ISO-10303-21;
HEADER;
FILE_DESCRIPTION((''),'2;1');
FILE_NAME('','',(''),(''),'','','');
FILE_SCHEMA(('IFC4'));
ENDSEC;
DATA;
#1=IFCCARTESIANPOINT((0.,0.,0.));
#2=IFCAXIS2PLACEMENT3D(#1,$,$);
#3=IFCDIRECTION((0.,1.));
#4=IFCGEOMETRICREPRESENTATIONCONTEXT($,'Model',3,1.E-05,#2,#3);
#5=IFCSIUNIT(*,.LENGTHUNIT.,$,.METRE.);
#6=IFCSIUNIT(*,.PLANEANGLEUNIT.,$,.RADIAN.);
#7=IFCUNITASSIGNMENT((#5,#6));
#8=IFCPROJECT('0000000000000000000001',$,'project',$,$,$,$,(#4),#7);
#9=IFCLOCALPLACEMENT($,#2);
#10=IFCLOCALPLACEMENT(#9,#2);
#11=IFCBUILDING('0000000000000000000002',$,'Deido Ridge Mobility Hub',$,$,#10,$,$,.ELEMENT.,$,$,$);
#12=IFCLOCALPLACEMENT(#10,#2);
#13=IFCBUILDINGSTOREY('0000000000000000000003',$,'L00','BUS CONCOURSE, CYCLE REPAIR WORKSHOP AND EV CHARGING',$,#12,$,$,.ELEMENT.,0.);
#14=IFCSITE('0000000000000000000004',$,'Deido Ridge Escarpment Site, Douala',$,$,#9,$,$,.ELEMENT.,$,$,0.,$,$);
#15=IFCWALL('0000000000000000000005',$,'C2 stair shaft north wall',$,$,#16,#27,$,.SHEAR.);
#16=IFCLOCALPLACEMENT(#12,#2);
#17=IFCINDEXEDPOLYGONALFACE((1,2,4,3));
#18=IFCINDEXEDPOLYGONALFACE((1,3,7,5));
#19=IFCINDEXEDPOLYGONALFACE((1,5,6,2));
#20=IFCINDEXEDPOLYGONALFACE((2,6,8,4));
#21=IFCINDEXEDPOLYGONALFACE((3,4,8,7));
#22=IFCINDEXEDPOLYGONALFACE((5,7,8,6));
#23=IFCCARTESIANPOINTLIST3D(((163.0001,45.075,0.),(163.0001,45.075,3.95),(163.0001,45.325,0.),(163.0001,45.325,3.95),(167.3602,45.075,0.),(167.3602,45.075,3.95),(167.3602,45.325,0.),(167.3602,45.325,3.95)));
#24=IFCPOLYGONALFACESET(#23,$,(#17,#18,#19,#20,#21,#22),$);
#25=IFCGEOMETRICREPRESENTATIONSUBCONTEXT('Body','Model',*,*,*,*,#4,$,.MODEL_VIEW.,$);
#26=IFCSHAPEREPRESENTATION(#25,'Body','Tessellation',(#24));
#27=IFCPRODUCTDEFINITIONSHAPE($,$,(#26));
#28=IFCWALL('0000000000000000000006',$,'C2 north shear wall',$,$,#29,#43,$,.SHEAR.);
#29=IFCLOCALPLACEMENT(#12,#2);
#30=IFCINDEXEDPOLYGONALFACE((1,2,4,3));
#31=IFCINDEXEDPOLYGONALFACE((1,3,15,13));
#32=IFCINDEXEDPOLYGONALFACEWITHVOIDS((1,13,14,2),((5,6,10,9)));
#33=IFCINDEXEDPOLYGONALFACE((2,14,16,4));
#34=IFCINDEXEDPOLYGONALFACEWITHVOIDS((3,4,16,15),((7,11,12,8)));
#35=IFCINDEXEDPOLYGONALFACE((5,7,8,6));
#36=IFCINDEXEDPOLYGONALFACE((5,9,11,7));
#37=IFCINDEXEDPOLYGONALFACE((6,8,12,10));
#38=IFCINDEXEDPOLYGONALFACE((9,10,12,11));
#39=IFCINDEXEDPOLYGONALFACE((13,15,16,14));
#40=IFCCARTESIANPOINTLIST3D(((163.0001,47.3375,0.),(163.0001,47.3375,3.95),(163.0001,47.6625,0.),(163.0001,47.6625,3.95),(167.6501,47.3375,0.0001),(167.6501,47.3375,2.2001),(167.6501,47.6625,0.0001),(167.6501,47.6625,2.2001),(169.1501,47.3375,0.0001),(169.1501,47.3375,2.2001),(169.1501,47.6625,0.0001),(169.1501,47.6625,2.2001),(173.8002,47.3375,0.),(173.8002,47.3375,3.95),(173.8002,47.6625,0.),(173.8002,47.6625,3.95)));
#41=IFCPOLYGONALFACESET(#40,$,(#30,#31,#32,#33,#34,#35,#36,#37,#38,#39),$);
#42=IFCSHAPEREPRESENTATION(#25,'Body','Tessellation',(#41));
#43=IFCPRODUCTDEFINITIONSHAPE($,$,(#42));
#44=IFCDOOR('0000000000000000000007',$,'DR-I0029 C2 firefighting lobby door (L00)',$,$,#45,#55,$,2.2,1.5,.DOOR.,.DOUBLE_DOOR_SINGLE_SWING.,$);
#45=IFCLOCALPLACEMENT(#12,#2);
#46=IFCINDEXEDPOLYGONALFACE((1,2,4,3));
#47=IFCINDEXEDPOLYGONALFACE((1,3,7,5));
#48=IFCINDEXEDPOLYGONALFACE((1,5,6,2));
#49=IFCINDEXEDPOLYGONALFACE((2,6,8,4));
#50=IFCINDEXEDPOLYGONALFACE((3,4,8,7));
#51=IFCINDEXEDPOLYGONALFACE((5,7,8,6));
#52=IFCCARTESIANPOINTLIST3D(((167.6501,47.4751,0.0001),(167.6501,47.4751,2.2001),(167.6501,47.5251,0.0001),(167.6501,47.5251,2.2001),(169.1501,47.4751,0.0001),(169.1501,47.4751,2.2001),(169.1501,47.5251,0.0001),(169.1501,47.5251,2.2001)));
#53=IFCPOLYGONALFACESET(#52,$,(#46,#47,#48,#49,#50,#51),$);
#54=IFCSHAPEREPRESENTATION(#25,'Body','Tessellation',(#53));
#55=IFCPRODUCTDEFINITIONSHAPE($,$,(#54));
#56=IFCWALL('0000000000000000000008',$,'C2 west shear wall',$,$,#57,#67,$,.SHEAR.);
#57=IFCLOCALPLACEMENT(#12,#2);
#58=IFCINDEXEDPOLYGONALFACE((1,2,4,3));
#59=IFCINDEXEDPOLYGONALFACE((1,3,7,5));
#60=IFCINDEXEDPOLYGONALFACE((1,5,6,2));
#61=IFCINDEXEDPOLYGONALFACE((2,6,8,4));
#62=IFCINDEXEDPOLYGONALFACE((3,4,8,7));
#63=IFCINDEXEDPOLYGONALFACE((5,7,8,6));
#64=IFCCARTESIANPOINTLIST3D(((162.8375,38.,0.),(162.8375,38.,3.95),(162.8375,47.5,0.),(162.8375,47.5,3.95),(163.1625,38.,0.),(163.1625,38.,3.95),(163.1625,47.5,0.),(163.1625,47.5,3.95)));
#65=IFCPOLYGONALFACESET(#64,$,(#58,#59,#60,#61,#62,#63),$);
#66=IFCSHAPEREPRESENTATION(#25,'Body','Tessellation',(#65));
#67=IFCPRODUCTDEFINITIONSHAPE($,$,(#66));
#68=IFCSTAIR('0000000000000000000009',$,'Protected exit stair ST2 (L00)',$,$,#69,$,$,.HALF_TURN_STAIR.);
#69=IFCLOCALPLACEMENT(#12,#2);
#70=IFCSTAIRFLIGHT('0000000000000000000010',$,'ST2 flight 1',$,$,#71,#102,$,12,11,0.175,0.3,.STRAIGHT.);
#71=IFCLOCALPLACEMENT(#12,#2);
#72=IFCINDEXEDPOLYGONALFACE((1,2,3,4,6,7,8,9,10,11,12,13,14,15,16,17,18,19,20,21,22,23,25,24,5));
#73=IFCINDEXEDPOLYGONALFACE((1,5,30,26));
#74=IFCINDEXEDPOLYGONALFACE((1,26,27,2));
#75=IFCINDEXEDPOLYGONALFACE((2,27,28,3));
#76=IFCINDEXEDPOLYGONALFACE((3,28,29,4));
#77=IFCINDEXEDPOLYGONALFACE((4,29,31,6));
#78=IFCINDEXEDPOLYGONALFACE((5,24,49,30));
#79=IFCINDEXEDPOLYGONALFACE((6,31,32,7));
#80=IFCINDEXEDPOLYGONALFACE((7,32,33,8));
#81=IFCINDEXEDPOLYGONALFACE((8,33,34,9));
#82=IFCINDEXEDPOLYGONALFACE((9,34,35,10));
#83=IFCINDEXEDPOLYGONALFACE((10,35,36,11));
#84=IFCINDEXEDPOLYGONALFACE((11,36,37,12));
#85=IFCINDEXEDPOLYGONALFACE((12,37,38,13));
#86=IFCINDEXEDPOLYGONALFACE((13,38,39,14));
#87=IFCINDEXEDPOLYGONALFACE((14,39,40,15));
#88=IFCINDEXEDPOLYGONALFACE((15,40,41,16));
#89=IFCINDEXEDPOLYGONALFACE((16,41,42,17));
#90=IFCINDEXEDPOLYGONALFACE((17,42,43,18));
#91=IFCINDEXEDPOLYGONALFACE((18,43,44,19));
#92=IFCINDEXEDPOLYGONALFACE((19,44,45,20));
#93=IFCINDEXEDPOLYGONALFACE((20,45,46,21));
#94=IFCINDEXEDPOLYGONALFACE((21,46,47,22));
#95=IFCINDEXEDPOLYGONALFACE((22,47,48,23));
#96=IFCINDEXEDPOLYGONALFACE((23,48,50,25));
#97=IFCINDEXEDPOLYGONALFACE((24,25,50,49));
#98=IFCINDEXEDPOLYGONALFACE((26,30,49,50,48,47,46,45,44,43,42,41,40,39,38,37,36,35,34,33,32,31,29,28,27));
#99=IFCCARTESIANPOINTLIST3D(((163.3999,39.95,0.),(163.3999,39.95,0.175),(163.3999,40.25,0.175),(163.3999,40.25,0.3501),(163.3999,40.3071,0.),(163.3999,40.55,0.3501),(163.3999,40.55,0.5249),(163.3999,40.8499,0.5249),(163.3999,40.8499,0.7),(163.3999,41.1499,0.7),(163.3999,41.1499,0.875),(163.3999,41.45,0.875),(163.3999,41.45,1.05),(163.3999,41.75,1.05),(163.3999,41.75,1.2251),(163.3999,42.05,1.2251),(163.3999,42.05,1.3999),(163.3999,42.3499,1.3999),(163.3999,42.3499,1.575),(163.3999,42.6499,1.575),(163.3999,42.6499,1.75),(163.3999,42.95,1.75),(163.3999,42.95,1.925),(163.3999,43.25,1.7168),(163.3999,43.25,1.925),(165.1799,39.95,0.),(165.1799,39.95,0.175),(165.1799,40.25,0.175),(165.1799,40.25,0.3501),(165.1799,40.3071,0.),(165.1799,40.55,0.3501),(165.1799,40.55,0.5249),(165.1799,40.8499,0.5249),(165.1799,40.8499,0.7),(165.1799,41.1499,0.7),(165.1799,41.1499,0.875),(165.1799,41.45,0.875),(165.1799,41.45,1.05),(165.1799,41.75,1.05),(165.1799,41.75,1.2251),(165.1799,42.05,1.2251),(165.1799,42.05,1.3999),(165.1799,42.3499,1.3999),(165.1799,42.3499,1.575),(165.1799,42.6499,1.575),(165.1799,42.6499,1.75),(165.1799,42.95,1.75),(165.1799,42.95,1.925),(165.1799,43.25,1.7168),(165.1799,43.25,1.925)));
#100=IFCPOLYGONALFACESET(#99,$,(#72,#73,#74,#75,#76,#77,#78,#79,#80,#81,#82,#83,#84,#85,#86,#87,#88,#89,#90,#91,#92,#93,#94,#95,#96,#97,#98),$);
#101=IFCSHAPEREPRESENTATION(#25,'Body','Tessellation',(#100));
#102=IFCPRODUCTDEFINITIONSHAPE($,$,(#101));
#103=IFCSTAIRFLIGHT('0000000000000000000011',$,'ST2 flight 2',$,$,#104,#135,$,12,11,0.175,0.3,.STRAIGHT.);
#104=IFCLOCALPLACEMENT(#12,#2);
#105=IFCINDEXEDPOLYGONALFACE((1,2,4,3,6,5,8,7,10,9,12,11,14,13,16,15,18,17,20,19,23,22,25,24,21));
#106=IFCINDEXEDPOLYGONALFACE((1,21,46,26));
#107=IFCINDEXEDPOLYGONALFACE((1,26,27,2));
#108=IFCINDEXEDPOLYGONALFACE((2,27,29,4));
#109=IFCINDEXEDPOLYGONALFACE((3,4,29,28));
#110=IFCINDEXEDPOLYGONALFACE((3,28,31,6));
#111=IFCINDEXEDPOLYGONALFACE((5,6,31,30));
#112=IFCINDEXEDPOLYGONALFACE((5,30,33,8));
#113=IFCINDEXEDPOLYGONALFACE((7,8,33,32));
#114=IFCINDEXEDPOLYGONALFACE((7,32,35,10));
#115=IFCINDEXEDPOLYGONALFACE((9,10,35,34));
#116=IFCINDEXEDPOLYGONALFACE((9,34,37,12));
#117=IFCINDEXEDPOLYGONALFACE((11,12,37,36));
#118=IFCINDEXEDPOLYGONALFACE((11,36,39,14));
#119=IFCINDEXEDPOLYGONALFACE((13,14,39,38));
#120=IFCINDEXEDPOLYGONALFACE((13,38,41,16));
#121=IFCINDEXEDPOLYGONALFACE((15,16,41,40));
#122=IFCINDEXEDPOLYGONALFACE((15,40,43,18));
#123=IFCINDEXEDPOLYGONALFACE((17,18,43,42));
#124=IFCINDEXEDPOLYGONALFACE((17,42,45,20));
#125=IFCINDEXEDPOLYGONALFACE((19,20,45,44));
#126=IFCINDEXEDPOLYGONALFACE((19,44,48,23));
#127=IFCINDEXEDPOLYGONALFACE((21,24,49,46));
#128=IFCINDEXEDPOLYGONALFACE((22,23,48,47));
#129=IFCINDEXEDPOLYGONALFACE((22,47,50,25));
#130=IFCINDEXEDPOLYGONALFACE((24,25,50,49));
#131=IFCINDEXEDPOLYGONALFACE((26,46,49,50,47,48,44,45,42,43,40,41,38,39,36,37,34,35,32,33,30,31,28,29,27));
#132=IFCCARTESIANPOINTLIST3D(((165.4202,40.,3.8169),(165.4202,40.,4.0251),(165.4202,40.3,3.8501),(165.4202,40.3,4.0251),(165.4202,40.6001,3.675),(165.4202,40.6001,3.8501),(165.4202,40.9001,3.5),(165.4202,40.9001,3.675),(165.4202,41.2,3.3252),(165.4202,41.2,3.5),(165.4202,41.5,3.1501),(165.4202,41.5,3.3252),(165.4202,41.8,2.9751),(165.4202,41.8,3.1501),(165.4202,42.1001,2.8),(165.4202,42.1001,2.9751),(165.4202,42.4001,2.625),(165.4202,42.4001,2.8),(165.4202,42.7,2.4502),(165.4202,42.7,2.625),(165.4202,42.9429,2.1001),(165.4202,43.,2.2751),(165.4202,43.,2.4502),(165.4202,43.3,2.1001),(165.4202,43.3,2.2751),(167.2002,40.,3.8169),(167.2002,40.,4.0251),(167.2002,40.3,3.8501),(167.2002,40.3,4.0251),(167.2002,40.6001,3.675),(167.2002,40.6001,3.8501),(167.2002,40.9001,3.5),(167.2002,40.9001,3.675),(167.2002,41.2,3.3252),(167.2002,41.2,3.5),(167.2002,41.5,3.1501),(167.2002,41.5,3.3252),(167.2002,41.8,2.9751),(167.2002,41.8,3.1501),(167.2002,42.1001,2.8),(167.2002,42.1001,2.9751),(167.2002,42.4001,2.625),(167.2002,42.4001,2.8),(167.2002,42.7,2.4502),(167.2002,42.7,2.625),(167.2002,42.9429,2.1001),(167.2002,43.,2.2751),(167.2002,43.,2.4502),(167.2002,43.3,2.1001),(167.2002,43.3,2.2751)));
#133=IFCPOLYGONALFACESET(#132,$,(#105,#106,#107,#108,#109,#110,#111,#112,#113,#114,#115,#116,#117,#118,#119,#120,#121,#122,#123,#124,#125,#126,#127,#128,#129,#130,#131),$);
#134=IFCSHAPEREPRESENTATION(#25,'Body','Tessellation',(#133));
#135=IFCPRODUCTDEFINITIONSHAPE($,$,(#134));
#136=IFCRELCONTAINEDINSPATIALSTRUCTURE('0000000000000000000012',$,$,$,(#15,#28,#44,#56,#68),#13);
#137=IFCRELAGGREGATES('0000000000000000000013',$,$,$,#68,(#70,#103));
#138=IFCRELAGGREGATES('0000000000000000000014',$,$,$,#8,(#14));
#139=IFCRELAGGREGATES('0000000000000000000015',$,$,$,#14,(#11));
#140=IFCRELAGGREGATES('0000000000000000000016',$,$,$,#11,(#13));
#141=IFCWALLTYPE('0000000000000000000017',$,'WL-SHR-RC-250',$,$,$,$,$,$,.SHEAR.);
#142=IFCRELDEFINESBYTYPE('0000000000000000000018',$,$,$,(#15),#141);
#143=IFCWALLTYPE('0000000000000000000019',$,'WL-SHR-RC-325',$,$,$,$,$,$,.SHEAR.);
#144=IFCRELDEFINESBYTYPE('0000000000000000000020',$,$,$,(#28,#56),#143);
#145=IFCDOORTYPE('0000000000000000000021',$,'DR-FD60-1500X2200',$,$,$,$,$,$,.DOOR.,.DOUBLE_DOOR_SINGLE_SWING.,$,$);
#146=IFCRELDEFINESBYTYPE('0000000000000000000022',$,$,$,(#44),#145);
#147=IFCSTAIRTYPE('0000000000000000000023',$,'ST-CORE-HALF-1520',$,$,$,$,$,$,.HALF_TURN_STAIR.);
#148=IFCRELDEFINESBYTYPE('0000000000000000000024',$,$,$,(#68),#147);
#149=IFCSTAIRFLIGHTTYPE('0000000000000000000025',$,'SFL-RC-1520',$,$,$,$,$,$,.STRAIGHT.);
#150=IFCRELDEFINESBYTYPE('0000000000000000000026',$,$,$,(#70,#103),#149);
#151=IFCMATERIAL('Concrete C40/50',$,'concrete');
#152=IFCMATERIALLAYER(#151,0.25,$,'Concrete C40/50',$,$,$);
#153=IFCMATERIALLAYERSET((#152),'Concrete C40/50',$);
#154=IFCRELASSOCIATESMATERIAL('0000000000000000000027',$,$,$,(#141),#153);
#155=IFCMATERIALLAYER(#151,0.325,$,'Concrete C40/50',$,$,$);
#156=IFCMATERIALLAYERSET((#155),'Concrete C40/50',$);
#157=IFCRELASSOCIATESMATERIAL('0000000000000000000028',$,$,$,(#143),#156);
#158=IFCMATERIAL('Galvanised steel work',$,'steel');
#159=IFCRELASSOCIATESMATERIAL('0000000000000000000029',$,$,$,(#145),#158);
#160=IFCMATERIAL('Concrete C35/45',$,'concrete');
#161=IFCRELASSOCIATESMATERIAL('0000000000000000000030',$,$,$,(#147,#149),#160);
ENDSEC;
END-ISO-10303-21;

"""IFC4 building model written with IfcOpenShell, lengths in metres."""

from ifc_helpers import new_model, si_unit, direction, frame, frame_2d, origin, place, context, subcontext, project, spatial, polyline, rectangle, outline, extrude, material, layer, layer_set, type_object, element, fill, aggregate, save


model = new_model("IFC4")

# Units and contexts
model_context = context("Model", 3, precision=1e-05, world=origin(), true_north=direction((0.0, 1.0)))
body_context = subcontext(model_context, "Body", "Model", "MODEL_VIEW")
ifc_project = project(units=[si_unit("LENGTHUNIT", "METRE"), si_unit("PLANEANGLEUNIT", "RADIAN")], contexts=[model_context])

# Site, building, storey
site_placement = place(None, origin())
site = spatial("IfcSite", under=ifc_project, at=site_placement, Name="Deido Ridge Escarpment Site, Douala", CompositionType="ELEMENT", RefElevation=0.0)
building_placement = place(site_placement, origin())
building = spatial("IfcBuilding", under=site, at=building_placement, Name="Deido Ridge Mobility Hub", CompositionType="ELEMENT")
storey_placement = place(building_placement, origin())
storey = spatial("IfcBuildingStorey", under=building, at=storey_placement, Name="L00", Description="BUS CONCOURSE, CYCLE REPAIR WORKSHOP AND EV CHARGING", CompositionType="ELEMENT", Elevation=0.0)

# Wall
ifc_material_1 = material(Name="Concrete C40/50", Category="concrete")
ifc_layer_1 = layer(ifc_material_1, 0.25, Name="Concrete C40/50")
ifc_layer_set_1 = layer_set([ifc_layer_1], Name="Concrete C40/50")
wall_type_1 = type_object("IfcWallType", Name="WL-SHR-RC-250", PredefinedType="SHEAR", material=ifc_layer_set_1)
wall_1_placement = place(storey_placement, frame((163.0, 45.2, 0.0), z_axis=(0.0, 0.0, 1.0), x_axis=(1.0, 0.0, 0.0)))
element("IfcWall", 1, at=wall_1_placement, inside=storey, type_object=wall_type_1, Name="C2 stair shaft north wall", PredefinedType="SHEAR", context=body_context, shape_type="SweptSolid", body=[
    extrude(rectangle(XDim=4.3601, YDim=0.25, at=frame_2d((2.1802, 0.0))), origin(), (0.0, 0.0, 1.0), 3.95),
])

# Wall, opening, door
ifc_layer_2 = layer(ifc_material_1, 0.325, Name="Concrete C40/50")
ifc_layer_set_2 = layer_set([ifc_layer_2], Name="Concrete C40/50")
wall_type_2 = type_object("IfcWallType", Name="WL-SHR-RC-325", PredefinedType="SHEAR", material=ifc_layer_set_2)
wall_2_placement = place(storey_placement, frame((173.8, 47.5, 0.0), z_axis=(0.0, 0.0, 1.0), x_axis=(-1.0, 0.0, 0.0)))
wall_2 = element("IfcWall", 2, at=wall_2_placement, inside=storey, type_object=wall_type_2, Name="C2 north shear wall", PredefinedType="SHEAR", context=body_context, shape_type="SweptSolid", body=[
    extrude(rectangle(XDim=10.8, YDim=0.325, at=frame_2d((5.3999, 0.0))), origin(), (0.0, 0.0, 1.0), 3.95),
])
opening_1_placement = place(wall_2_placement, frame((4.6499, 0.0, 0.0)))
opening_1 = element("IfcOpeningElement", 3, at=opening_1_placement, cuts=wall_2, PredefinedType="OPENING", context=body_context, shape_type="SweptSolid", body=[
    extrude(rectangle(XDim=1.5, YDim=2.2, at=frame_2d((0.75, 1.1001))), frame((0.0, 0.1724, 0.0), z_axis=(0.0, -1.0, 0.0), x_axis=(1.0, 0.0, 0.0)), (0.0, 0.0, 1.0), 0.345),
])
ifc_material_2 = material(Name="Galvanised steel work", Category="steel")
door_type_1 = type_object("IfcDoorType", Name="DR-FD60-1500X2200", OperationType="DOUBLE_DOOR_SINGLE_SWING", PredefinedType="DOOR", material=ifc_material_2)
door_1_placement = place(opening_1_placement, origin())
door_1 = element("IfcDoor", 4, at=door_1_placement, inside=storey, type_object=door_type_1, Name="DR-I0029 C2 firefighting lobby door (L00)", OperationType="DOUBLE_DOOR_SINGLE_SWING", OverallHeight=2.2, OverallWidth=1.5, PredefinedType="DOOR", context=body_context, shape_type="SweptSolid", body=[
    extrude(rectangle(XDim=1.5, YDim=2.2, at=frame_2d((0.75, 1.1001))), frame((0.0, 0.0249, 0.0), z_axis=(0.0, -1.0, 0.0), x_axis=(1.0, 0.0, 0.0)), (0.0, 0.0, 1.0), 0.05),
])
fill(opening_1, door_1)

# Wall
wall_3_placement = place(storey_placement, frame((163.0, 47.5, 0.0), z_axis=(0.0, 0.0, 1.0), x_axis=(0.0, -1.0, 0.0)))
element("IfcWall", 5, at=wall_3_placement, inside=storey, type_object=wall_type_2, Name="C2 west shear wall", PredefinedType="SHEAR", context=body_context, shape_type="SweptSolid", body=[
    extrude(rectangle(XDim=9.5, YDim=0.325, at=frame_2d((4.75, 0.0))), origin(), (0.0, 0.0, 1.0), 3.95),
])

# Stair, stair flights
ifc_material_3 = material(Name="Concrete C35/45", Category="concrete")
stair_type = type_object("IfcStairType", Name="ST-CORE-HALF-1520", PredefinedType="HALF_TURN_STAIR", material=ifc_material_3)
stair_placement = place(storey_placement, origin())
stair = element("IfcStair", 6, at=stair_placement, inside=storey, type_object=stair_type, Name="Protected exit stair ST2 (L00)", PredefinedType="HALF_TURN_STAIR")
stair_flight_type = type_object("IfcStairFlightType", Name="SFL-RC-1520", PredefinedType="STRAIGHT", material=ifc_material_3)
stair_flight_1_placement = place(storey_placement, frame((164.29, 39.95, 0.0), z_axis=(0.0, 0.0, 1.0), x_axis=(0.0, 1.0, 0.0)))
stair_flight_1 = element("IfcStairFlight", 7, at=stair_flight_1_placement, type_object=stair_flight_type, Name="ST2 flight 1", NumberOfRisers=12, NumberOfTreads=11, PredefinedType="STRAIGHT", RiserHeight=0.175, TreadLength=0.3, context=body_context, shape_type="SweptSolid", body=[
    extrude(outline(polyline([(0.0, 0.0), (0.0, 0.175), (0.3, 0.175), (0.3, 0.3501), (0.6001, 0.3501), (0.6001, 0.5249), (0.8999, 0.5249), (0.8999, 0.7), (1.2, 0.7), (1.2, 0.875), (1.5, 0.875), (1.5, 1.05), (1.8, 1.05), (1.8, 1.2251), (2.1001, 1.2251), (2.1001, 1.3999), (2.3999, 1.3999), (2.3999, 1.575), (2.7, 1.575), (2.7, 1.75), (3.0, 1.75), (3.0, 1.925), (3.3, 1.925), (3.3, 2.1001), (3.3, 1.7168), (0.3572, 0.0), (0.0, 0.0)])), frame((0.0, 0.8901, 0.0), z_axis=(0.0, -1.0, 0.0), x_axis=(1.0, 0.0, 0.0)), (0.0, 0.0, 1.0), 1.78),
])
stair_flight_2_placement = place(storey_placement, frame((166.3101, 43.3, 2.1001), z_axis=(0.0, 0.0, 1.0), x_axis=(0.0, -1.0, 0.0)))
stair_flight_2 = element("IfcStairFlight", 8, at=stair_flight_2_placement, type_object=stair_flight_type, Name="ST2 flight 2", NumberOfRisers=12, NumberOfTreads=11, PredefinedType="STRAIGHT", RiserHeight=0.175, TreadLength=0.3, context=body_context, shape_type="SweptSolid", body=[
    extrude(outline(polyline([(0.0, 0.0), (0.0, 0.175), (0.3, 0.175), (0.3, 0.3501), (0.6001, 0.3501), (0.6001, 0.5249), (0.8999, 0.5249), (0.8999, 0.7), (1.2, 0.7), (1.2, 0.875), (1.5, 0.875), (1.5, 1.05), (1.8, 1.05), (1.8, 1.2251), (2.1001, 1.2251), (2.1001, 1.3999), (2.3999, 1.3999), (2.3999, 1.575), (2.7, 1.575), (2.7, 1.75), (3.0, 1.75), (3.0, 1.925), (3.3, 1.925), (3.3, 2.1001), (3.3, 1.7168), (0.3572, 0.0), (0.0, 0.0)])), frame((0.0, 0.8901, 0.0), z_axis=(0.0, -1.0, 0.0), x_axis=(1.0, 0.0, 0.0)), (0.0, 0.0, 1.0), 1.78),
])
aggregate(stair, [stair_flight_1, stair_flight_2])

save(model, "model.ifc")
